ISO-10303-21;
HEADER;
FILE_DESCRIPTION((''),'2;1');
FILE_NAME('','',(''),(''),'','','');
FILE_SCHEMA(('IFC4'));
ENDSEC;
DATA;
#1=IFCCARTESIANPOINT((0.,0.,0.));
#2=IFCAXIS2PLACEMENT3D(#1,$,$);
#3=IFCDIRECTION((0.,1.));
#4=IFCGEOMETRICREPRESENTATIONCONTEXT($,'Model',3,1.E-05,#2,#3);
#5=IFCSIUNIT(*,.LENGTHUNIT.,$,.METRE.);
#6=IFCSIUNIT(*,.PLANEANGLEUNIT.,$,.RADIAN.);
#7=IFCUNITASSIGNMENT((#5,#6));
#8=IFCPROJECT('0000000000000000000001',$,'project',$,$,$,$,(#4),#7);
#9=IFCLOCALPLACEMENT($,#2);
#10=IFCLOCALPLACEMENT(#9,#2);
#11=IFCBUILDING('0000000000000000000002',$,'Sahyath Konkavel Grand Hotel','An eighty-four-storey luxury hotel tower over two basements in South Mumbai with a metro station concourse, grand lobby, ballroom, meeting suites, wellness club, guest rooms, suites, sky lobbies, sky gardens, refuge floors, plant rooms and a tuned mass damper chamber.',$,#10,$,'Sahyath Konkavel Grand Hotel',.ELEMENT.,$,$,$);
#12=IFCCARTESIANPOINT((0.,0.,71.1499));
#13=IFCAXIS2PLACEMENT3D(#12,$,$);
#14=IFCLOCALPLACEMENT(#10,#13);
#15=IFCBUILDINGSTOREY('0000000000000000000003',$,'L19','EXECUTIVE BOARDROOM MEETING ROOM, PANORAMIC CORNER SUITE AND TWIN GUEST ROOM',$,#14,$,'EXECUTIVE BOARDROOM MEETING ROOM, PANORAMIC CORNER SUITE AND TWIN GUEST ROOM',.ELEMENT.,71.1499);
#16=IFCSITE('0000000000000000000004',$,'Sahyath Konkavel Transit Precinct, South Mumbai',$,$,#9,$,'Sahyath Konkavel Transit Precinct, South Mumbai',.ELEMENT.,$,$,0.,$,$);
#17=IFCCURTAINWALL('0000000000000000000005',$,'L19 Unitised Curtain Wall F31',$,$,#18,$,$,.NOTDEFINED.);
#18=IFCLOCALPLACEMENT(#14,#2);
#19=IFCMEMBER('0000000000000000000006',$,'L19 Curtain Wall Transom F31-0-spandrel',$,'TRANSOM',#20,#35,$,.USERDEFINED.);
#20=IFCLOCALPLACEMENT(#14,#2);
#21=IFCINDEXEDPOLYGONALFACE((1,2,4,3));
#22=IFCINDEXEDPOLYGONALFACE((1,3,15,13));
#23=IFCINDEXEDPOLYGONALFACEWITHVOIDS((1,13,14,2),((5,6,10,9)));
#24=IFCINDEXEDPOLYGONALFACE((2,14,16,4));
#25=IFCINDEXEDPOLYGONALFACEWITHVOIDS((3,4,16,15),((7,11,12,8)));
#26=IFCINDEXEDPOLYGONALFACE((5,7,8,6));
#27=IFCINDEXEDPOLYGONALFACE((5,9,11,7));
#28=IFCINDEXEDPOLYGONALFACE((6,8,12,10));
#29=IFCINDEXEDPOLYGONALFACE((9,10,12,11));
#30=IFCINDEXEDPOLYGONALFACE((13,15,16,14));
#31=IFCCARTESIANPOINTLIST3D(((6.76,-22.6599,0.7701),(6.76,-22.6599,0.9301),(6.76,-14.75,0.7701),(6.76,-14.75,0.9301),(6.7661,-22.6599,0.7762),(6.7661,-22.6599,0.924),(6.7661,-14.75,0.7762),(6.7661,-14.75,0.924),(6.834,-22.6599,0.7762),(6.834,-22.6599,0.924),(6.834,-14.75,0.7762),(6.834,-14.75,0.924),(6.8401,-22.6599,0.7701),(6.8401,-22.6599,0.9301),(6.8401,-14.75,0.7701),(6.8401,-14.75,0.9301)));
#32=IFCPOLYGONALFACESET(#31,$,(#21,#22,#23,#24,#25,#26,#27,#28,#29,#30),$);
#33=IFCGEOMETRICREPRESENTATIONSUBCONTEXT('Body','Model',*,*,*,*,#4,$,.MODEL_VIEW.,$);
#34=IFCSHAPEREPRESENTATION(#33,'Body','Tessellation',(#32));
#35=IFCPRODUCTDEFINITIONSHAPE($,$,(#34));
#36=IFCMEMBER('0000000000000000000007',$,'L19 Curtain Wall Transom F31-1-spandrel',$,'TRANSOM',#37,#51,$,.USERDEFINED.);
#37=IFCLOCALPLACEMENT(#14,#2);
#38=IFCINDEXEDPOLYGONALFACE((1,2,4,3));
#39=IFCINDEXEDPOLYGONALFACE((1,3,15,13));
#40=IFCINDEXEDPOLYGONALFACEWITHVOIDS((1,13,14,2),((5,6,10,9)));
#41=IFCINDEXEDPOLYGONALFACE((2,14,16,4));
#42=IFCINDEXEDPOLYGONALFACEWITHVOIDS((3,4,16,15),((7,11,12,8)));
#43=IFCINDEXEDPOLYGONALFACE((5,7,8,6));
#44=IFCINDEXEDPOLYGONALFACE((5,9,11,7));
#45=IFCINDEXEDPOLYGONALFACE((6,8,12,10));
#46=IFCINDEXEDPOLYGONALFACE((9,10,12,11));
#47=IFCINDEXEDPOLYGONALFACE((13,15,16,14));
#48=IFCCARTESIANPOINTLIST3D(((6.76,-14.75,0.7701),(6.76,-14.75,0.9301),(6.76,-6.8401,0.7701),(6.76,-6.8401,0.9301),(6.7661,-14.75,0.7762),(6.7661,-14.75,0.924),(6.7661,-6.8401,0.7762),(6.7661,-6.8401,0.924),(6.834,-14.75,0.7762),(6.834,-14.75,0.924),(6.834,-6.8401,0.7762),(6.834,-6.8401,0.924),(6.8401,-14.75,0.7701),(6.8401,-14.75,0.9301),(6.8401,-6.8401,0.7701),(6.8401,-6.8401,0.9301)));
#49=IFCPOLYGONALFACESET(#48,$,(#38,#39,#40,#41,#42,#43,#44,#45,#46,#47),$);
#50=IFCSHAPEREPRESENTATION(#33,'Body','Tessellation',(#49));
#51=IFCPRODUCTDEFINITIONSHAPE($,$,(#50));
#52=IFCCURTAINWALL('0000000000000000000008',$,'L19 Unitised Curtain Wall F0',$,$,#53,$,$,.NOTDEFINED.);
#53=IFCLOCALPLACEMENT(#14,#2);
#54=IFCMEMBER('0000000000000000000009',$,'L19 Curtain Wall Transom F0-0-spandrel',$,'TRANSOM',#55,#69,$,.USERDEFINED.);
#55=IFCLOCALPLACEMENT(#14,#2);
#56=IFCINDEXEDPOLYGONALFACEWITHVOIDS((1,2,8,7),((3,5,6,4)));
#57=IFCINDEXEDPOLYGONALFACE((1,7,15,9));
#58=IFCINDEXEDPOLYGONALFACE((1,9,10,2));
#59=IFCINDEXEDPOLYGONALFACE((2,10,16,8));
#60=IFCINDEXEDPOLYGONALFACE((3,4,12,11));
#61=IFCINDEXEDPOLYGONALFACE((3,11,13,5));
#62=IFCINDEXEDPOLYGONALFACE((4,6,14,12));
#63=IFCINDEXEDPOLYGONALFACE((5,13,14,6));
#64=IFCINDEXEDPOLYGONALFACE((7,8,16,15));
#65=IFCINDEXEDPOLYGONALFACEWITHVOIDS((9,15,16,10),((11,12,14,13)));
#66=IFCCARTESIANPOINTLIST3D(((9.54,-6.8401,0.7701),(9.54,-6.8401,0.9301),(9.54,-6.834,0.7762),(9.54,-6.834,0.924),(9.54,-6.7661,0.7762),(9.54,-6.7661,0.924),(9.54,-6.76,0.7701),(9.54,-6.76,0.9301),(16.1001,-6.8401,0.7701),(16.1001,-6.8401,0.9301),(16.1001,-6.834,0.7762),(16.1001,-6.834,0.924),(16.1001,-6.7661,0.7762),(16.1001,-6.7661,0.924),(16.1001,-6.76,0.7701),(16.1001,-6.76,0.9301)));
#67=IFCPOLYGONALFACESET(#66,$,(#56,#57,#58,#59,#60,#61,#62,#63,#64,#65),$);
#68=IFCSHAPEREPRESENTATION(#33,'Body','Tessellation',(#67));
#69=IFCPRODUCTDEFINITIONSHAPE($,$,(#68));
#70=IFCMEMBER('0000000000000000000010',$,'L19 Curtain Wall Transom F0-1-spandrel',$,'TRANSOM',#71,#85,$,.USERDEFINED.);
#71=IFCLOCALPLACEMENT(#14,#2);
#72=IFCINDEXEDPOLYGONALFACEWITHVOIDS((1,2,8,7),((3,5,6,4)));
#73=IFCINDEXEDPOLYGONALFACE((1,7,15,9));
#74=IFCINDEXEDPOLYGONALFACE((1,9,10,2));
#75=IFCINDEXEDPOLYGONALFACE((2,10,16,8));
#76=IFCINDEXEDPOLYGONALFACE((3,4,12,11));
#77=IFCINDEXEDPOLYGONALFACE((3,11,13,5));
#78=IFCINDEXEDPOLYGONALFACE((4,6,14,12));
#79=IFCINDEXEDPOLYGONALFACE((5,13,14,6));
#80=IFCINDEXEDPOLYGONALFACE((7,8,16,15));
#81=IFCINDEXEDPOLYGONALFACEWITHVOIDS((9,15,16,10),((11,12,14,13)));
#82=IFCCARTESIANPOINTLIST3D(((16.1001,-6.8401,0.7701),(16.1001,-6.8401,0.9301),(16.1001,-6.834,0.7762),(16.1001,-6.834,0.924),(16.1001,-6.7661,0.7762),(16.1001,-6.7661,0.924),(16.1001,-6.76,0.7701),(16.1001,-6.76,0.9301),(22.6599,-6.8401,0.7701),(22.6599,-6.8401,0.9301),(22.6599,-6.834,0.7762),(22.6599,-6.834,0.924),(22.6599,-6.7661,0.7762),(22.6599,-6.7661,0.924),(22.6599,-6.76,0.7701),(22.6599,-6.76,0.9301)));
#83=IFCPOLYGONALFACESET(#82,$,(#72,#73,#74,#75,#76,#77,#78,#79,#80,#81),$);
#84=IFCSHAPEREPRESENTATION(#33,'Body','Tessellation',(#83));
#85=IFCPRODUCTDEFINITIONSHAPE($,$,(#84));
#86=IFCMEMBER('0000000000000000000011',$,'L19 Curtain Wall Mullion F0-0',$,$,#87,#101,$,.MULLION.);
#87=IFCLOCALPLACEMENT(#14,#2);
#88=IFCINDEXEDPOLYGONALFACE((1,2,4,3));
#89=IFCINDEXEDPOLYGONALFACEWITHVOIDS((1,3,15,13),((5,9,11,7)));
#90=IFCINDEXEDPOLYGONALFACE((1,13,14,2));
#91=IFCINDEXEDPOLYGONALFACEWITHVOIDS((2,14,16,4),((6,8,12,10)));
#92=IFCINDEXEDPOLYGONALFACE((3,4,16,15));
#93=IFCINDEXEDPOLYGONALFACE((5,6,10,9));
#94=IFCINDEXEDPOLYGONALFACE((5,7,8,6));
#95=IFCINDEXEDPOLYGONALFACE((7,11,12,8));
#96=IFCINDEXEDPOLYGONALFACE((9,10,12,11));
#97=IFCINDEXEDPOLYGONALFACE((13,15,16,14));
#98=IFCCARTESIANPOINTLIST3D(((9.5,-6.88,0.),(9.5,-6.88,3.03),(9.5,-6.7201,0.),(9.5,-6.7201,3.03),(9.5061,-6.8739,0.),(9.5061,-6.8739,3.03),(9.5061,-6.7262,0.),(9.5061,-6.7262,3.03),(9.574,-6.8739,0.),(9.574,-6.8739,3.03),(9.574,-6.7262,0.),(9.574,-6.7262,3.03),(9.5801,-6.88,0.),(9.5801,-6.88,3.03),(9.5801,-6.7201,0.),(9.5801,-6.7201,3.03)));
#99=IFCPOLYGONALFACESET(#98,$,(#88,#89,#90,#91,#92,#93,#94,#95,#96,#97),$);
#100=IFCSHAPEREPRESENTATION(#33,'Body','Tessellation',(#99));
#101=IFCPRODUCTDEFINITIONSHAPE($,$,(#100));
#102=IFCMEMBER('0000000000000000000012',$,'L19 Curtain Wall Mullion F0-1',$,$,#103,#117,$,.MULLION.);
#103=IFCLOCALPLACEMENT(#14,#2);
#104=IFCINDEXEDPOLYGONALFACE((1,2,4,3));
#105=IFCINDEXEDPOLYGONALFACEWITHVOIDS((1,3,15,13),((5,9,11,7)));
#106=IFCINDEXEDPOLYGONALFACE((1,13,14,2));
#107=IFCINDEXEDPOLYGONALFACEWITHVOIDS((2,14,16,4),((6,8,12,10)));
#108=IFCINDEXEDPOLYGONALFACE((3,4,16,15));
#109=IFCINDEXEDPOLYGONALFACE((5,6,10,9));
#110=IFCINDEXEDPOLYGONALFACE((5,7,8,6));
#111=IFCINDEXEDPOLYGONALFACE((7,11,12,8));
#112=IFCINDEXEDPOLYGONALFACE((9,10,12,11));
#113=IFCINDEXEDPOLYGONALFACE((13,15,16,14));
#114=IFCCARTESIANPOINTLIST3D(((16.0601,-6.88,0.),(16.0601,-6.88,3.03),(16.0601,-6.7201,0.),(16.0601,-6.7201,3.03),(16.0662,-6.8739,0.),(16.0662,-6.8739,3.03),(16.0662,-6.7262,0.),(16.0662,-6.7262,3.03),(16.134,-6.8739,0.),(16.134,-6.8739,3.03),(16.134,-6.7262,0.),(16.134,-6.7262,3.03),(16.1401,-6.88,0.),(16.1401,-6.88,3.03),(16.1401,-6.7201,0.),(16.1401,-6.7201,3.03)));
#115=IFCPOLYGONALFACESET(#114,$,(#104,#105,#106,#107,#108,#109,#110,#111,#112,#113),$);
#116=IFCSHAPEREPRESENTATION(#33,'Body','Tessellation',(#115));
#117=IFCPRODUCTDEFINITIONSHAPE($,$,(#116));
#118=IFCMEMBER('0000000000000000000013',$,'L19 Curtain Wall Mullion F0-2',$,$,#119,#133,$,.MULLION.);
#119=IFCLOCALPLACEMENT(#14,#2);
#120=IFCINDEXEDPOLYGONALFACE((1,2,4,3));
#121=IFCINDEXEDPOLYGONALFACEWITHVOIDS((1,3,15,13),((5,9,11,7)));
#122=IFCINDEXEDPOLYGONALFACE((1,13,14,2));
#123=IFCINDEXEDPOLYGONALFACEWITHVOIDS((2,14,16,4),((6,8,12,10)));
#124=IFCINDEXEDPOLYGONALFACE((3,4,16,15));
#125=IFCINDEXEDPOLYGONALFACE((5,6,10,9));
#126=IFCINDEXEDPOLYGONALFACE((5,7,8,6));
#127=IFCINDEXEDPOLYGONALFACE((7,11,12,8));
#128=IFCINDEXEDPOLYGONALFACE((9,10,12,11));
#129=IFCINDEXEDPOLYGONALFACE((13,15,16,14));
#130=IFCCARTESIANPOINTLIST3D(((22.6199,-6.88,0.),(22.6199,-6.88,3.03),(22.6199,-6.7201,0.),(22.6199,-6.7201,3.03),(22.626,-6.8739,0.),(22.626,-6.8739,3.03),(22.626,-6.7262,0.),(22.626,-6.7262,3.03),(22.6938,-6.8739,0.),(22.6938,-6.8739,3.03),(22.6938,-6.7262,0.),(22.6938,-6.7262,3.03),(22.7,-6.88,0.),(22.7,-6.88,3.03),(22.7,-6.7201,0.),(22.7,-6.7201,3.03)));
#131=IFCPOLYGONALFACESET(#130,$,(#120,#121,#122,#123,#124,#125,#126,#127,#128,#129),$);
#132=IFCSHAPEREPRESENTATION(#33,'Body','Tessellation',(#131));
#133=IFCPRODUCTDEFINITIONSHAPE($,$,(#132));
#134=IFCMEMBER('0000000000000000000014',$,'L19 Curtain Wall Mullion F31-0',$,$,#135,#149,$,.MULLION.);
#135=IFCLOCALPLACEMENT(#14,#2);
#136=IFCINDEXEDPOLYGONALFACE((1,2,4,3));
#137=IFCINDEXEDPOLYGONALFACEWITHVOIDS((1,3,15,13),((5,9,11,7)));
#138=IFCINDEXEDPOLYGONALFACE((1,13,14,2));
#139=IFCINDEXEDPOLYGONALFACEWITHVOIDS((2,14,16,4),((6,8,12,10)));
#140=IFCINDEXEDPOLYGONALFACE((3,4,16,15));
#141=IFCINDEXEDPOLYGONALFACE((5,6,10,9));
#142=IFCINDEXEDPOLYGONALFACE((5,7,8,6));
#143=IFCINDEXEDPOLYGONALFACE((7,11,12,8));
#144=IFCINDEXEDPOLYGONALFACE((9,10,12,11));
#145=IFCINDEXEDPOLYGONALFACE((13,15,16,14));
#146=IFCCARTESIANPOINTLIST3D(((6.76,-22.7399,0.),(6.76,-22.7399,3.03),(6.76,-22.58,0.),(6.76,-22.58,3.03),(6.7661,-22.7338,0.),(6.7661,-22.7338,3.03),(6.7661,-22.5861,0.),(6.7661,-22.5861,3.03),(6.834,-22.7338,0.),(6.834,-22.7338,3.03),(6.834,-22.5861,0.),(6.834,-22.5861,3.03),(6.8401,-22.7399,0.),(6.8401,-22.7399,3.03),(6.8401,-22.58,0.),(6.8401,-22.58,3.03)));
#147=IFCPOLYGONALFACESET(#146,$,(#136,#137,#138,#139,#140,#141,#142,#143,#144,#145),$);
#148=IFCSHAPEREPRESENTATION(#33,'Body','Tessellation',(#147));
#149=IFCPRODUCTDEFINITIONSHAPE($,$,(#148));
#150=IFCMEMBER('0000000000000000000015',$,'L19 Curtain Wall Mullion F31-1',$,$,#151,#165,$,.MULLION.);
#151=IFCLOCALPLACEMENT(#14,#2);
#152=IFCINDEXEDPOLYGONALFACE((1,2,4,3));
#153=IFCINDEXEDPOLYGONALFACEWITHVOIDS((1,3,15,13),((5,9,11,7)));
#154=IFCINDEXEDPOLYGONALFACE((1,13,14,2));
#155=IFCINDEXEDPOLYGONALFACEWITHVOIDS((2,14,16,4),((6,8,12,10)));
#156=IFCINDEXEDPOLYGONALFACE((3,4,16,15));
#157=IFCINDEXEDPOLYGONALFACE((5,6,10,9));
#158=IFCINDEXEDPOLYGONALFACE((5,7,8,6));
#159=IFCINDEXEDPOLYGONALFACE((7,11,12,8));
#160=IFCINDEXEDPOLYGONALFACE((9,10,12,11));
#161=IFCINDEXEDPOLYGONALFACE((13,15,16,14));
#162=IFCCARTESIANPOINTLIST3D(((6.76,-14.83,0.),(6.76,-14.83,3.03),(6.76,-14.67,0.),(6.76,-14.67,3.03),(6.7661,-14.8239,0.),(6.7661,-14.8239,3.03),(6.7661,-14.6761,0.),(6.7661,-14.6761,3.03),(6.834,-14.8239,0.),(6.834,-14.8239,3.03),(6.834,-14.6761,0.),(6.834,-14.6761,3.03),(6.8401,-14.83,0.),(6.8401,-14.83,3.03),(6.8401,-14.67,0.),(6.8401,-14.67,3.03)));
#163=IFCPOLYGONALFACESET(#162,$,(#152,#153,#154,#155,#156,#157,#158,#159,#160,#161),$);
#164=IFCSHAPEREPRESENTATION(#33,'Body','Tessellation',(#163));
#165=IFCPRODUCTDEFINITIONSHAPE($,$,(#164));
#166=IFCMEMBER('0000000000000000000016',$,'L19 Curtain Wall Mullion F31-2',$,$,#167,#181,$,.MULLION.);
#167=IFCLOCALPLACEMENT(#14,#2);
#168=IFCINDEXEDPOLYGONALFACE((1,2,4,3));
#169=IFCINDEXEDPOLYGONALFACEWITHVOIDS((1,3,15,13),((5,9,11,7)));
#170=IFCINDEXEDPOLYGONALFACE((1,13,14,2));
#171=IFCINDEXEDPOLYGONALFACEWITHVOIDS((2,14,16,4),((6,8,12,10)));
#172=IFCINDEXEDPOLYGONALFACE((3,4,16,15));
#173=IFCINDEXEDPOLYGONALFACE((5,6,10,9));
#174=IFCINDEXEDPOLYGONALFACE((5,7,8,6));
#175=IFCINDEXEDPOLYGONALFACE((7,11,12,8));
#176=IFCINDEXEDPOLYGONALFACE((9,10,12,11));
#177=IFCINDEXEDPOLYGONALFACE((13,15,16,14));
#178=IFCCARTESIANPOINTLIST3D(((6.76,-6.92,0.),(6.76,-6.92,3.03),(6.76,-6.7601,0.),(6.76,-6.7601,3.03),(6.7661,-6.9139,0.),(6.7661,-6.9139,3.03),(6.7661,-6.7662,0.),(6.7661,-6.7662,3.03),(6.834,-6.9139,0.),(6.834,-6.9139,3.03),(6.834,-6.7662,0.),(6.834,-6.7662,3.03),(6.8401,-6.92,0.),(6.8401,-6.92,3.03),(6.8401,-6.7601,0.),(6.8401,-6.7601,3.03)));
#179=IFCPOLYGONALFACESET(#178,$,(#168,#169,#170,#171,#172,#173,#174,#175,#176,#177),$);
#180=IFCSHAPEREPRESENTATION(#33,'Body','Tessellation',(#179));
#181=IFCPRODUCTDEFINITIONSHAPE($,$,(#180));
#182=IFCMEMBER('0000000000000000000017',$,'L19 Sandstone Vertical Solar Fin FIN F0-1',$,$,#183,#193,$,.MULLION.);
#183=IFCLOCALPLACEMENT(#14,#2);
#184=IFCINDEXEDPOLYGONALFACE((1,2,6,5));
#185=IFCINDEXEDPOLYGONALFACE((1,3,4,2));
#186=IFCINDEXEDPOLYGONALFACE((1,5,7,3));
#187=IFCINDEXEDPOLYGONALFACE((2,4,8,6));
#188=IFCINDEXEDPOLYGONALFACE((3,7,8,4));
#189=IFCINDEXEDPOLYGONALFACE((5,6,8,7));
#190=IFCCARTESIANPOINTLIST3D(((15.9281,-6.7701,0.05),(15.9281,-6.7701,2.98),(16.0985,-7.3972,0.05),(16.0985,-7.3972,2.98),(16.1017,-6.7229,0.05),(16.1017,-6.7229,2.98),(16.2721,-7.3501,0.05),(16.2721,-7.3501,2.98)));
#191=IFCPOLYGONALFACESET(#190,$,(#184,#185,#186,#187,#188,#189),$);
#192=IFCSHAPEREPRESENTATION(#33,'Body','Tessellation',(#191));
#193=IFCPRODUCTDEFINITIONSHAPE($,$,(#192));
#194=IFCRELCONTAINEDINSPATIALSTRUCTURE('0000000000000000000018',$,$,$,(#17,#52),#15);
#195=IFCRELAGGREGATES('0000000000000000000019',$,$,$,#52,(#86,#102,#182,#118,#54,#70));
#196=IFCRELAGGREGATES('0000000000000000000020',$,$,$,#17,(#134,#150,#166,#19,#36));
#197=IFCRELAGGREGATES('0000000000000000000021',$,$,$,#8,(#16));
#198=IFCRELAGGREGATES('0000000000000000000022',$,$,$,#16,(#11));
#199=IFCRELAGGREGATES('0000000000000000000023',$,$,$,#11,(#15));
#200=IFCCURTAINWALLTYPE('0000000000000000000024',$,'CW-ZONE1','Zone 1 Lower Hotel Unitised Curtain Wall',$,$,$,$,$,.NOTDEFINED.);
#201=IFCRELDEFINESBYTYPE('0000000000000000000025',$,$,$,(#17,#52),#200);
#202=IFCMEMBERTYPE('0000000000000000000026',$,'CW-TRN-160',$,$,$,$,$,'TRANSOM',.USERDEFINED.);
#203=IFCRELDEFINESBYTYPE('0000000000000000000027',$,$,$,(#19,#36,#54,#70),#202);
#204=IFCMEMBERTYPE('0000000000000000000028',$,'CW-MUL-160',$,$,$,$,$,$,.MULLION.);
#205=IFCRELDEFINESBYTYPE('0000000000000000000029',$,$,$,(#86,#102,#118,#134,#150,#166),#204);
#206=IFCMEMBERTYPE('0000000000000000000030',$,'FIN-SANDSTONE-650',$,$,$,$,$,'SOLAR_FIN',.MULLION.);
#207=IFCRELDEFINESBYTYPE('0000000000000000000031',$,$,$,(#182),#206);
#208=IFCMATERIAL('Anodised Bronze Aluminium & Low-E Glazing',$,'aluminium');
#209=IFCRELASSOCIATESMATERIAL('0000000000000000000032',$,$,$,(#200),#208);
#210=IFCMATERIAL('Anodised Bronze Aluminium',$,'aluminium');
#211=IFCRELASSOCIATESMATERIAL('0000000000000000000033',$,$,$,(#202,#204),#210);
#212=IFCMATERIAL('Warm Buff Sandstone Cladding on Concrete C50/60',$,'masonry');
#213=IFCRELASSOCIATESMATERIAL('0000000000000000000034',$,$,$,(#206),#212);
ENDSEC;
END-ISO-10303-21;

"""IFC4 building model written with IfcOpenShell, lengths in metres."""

from ifc_helpers import new_model, si_unit, direction, frame, origin, origin_2d, place, context, subcontext, project, spatial, rectangle, hollow_rectangle, extrude, source, transform, mapped, material, material_profile, profile_set, type_object, element, aggregate, save


model = new_model("IFC4")

# Units and contexts
model_context = context("Model", 3, precision=1e-05, world=origin(), true_north=direction((0.0, 1.0)))
body_context = subcontext(model_context, "Body", "Model", "MODEL_VIEW")
ifc_project = project(units=[si_unit("LENGTHUNIT", "METRE"), si_unit("PLANEANGLEUNIT", "RADIAN")], contexts=[model_context])

# Site, building, storey
site_placement = place(None, origin())
site = spatial("IfcSite", under=ifc_project, at=site_placement, Name="Sahyath Konkavel Transit Precinct, South Mumbai", LongName="Sahyath Konkavel Transit Precinct, South Mumbai", CompositionType="ELEMENT", RefElevation=0.0)
building_placement = place(site_placement, origin())
building = spatial("IfcBuilding", under=site, at=building_placement, Name="Sahyath Konkavel Grand Hotel", Description="An eighty-four-storey luxury hotel tower over two basements in South Mumbai with a metro station concourse, grand lobby, ballroom, meeting suites, wellness club, guest rooms, suites, sky lobbies, sky gardens, refuge floors, plant rooms and a tuned mass damper chamber.", LongName="Sahyath Konkavel Grand Hotel", CompositionType="ELEMENT")
storey_placement = place(building_placement, frame((0.0, 0.0, 71.1499)))
storey = spatial("IfcBuildingStorey", under=building, at=storey_placement, Name="L19", Description="EXECUTIVE BOARDROOM MEETING ROOM, PANORAMIC CORNER SUITE AND TWIN GUEST ROOM", LongName="EXECUTIVE BOARDROOM MEETING ROOM, PANORAMIC CORNER SUITE AND TWIN GUEST ROOM", CompositionType="ELEMENT", Elevation=71.1499)

# Curtain walls, members
ifc_material_1 = material(Name="Anodised Bronze Aluminium & Low-E Glazing", Category="aluminium")
curtain_wall_type = type_object("IfcCurtainWallType", Name="CW-ZONE1", Description="Zone 1 Lower Hotel Unitised Curtain Wall", PredefinedType="NOTDEFINED", material=ifc_material_1)
curtain_wall_1_placement = place(storey_placement, origin())
curtain_wall_1 = element("IfcCurtainWall", 1, at=curtain_wall_1_placement, inside=storey, type_object=curtain_wall_type, Name="L19 Unitised Curtain Wall F31", PredefinedType="NOTDEFINED")
ifc_material_2 = material(Name="Anodised Bronze Aluminium", Category="aluminium")
ifc_material_profile_1 = material_profile(ifc_material_2, hollow_rectangle(XDim=0.0801, YDim=0.1599, WallThickness=0.0061, at=origin_2d()), Name="RHS 160x80x6")
ifc_profile_set_1 = profile_set([ifc_material_profile_1], Name="Anodised Bronze Aluminium")
member_type_1 = type_object("IfcMemberType", Name="CW-TRN-160", ElementType="TRANSOM", PredefinedType="USERDEFINED", material=ifc_profile_set_1)
shared_shape_1 = source(origin(), body_context, "Body", "SweptSolid", [
    extrude(hollow_rectangle(XDim=0.0801, YDim=0.1599, WallThickness=0.0061, at=origin_2d()), origin(), (0.0, 0.0, 1.0), 7.9099),
])
member_1_placement = place(storey_placement, frame((6.8, -22.6599, 0.8501), z_axis=(0.0, 1.0, 0.0), x_axis=(-1.0, 0.0, 0.0)))
member_1 = element("IfcMember", 2, at=member_1_placement, type_object=member_type_1, Name="L19 Curtain Wall Transom F31-0-spandrel", ObjectType="TRANSOM", PredefinedType="USERDEFINED", context=body_context, shape_type="MappedRepresentation", body=[
    mapped(shared_shape_1, transform((0.0, 0.0, 0.0), scale=1.0)),
])
member_2_placement = place(storey_placement, frame((6.8, -14.75, 0.8501), z_axis=(0.0, 1.0, 0.0), x_axis=(-1.0, 0.0, 0.0)))
member_2 = element("IfcMember", 3, at=member_2_placement, type_object=member_type_1, Name="L19 Curtain Wall Transom F31-1-spandrel", ObjectType="TRANSOM", PredefinedType="USERDEFINED", context=body_context, shape_type="MappedRepresentation", body=[
    mapped(shared_shape_1, transform((0.0, 0.0, 0.0), scale=1.0)),
])
curtain_wall_2_placement = place(storey_placement, origin())
curtain_wall_2 = element("IfcCurtainWall", 4, at=curtain_wall_2_placement, inside=storey, type_object=curtain_wall_type, Name="L19 Unitised Curtain Wall F0", PredefinedType="NOTDEFINED")
shared_shape_2 = source(origin(), body_context, "Body", "SweptSolid", [
    extrude(hollow_rectangle(XDim=0.0801, YDim=0.1599, WallThickness=0.0061, at=origin_2d()), origin(), (0.0, 0.0, 1.0), 6.5601),
])
member_3_placement = place(storey_placement, frame((9.54, -6.8, 0.8501), z_axis=(1.0, 0.0, 0.0), x_axis=(0.0, 1.0, 0.0)))
member_3 = element("IfcMember", 5, at=member_3_placement, type_object=member_type_1, Name="L19 Curtain Wall Transom F0-0-spandrel", ObjectType="TRANSOM", PredefinedType="USERDEFINED", context=body_context, shape_type="MappedRepresentation", body=[
    mapped(shared_shape_2, transform((0.0, 0.0, 0.0), scale=1.0)),
])
shared_shape_3 = source(origin(), body_context, "Body", "SweptSolid", [
    extrude(hollow_rectangle(XDim=0.0801, YDim=0.1599, WallThickness=0.0061, at=origin_2d()), origin(), (0.0, 0.0, 1.0), 6.5598),
])
member_4_placement = place(storey_placement, frame((16.1001, -6.8, 0.8501), z_axis=(1.0, 0.0, 0.0), x_axis=(0.0, 1.0, 0.0)))
member_4 = element("IfcMember", 6, at=member_4_placement, type_object=member_type_1, Name="L19 Curtain Wall Transom F0-1-spandrel", ObjectType="TRANSOM", PredefinedType="USERDEFINED", context=body_context, shape_type="MappedRepresentation", body=[
    mapped(shared_shape_3, transform((0.0, 0.0, 0.0), scale=1.0)),
])
ifc_material_profile_2 = material_profile(ifc_material_2, hollow_rectangle(XDim=0.0801, YDim=0.1599, WallThickness=0.0061, at=origin_2d()), Name="RHS 160x80x6")
ifc_profile_set_2 = profile_set([ifc_material_profile_2], Name="Anodised Bronze Aluminium")
member_type_2 = type_object("IfcMemberType", Name="CW-MUL-160", PredefinedType="MULLION", material=ifc_profile_set_2)
shared_shape_4 = source(origin(), body_context, "Body", "SweptSolid", [
    extrude(hollow_rectangle(XDim=0.0801, YDim=0.1599, WallThickness=0.0061, at=origin_2d()), origin(), (0.0, 0.0, 1.0), 3.03),
])
member_5_placement = place(storey_placement, frame((9.54, -6.8, 0.0), z_axis=(0.0, 0.0, 1.0), x_axis=(1.0, 0.0, 0.0)))
member_5 = element("IfcMember", 7, at=member_5_placement, type_object=member_type_2, Name="L19 Curtain Wall Mullion F0-0", PredefinedType="MULLION", context=body_context, shape_type="MappedRepresentation", body=[
    mapped(shared_shape_4, transform((0.0, 0.0, 0.0), scale=1.0)),
])
member_6_placement = place(storey_placement, frame((16.1001, -6.8, 0.0), z_axis=(0.0, 0.0, 1.0), x_axis=(1.0, 0.0, 0.0)))
member_6 = element("IfcMember", 8, at=member_6_placement, type_object=member_type_2, Name="L19 Curtain Wall Mullion F0-1", PredefinedType="MULLION", context=body_context, shape_type="MappedRepresentation", body=[
    mapped(shared_shape_4, transform((0.0, 0.0, 0.0), scale=1.0)),
])
member_7_placement = place(storey_placement, frame((22.6599, -6.8, 0.0), z_axis=(0.0, 0.0, 1.0), x_axis=(1.0, 0.0, 0.0)))
member_7 = element("IfcMember", 9, at=member_7_placement, type_object=member_type_2, Name="L19 Curtain Wall Mullion F0-2", PredefinedType="MULLION", context=body_context, shape_type="MappedRepresentation", body=[
    mapped(shared_shape_4, transform((0.0, 0.0, 0.0), scale=1.0)),
])

# Members
member_8_placement = place(storey_placement, frame((6.8, -22.6599, 0.0), z_axis=(0.0, 0.0, 1.0), x_axis=(1.0, 0.0, 0.0)))
member_8 = element("IfcMember", 10, at=member_8_placement, type_object=member_type_2, Name="L19 Curtain Wall Mullion F31-0", PredefinedType="MULLION", context=body_context, shape_type="MappedRepresentation", body=[
    mapped(shared_shape_4, transform((0.0, 0.0, 0.0), scale=1.0)),
])
member_9_placement = place(storey_placement, frame((6.8, -14.75, 0.0), z_axis=(0.0, 0.0, 1.0), x_axis=(1.0, 0.0, 0.0)))
member_9 = element("IfcMember", 11, at=member_9_placement, type_object=member_type_2, Name="L19 Curtain Wall Mullion F31-1", PredefinedType="MULLION", context=body_context, shape_type="MappedRepresentation", body=[
    mapped(shared_shape_4, transform((0.0, 0.0, 0.0), scale=1.0)),
])
member_10_placement = place(storey_placement, frame((6.8, -6.8401, 0.0), z_axis=(0.0, 0.0, 1.0), x_axis=(1.0, 0.0, 0.0)))
member_10 = element("IfcMember", 12, at=member_10_placement, type_object=member_type_2, Name="L19 Curtain Wall Mullion F31-2", PredefinedType="MULLION", context=body_context, shape_type="MappedRepresentation", body=[
    mapped(shared_shape_4, transform((0.0, 0.0, 0.0), scale=1.0)),
])
ifc_material_3 = material(Name="Warm Buff Sandstone Cladding on Concrete C50/60", Category="masonry")
ifc_material_profile_3 = material_profile(ifc_material_3, rectangle(XDim=0.1799, YDim=0.6499, at=origin_2d()), Name="FIN 180x650")
ifc_profile_set_3 = profile_set([ifc_material_profile_3], Name="Warm Buff Sandstone Cladding on Concrete C50/60")
member_type_3 = type_object("IfcMemberType", Name="FIN-SANDSTONE-650", ElementType="SOLAR_FIN", PredefinedType="MULLION", material=ifc_profile_set_3)
shared_shape_5 = source(origin(), body_context, "Body", "SweptSolid", [
    extrude(rectangle(XDim=0.1799, YDim=0.6499, at=origin_2d()), origin(), (0.0, 0.0, 1.0), 2.9299),
])
member_11_placement = place(storey_placement, frame((16.1001, -7.0601, 0.05), z_axis=(0.0, 0.0, 1.0), x_axis=(0.965016, 0.262189, 0.0)))
member_11 = element("IfcMember", 13, at=member_11_placement, type_object=member_type_3, Name="L19 Sandstone Vertical Solar Fin FIN F0-1", PredefinedType="MULLION", context=body_context, shape_type="MappedRepresentation", body=[
    mapped(shared_shape_5, transform((0.0, 0.0, 0.0), scale=1.0)),
])

aggregate(curtain_wall_2, [member_5, member_6, member_11, member_7, member_3, member_4])
aggregate(curtain_wall_1, [member_8, member_9, member_10, member_1, member_2])

save(model, "model.ifc")
